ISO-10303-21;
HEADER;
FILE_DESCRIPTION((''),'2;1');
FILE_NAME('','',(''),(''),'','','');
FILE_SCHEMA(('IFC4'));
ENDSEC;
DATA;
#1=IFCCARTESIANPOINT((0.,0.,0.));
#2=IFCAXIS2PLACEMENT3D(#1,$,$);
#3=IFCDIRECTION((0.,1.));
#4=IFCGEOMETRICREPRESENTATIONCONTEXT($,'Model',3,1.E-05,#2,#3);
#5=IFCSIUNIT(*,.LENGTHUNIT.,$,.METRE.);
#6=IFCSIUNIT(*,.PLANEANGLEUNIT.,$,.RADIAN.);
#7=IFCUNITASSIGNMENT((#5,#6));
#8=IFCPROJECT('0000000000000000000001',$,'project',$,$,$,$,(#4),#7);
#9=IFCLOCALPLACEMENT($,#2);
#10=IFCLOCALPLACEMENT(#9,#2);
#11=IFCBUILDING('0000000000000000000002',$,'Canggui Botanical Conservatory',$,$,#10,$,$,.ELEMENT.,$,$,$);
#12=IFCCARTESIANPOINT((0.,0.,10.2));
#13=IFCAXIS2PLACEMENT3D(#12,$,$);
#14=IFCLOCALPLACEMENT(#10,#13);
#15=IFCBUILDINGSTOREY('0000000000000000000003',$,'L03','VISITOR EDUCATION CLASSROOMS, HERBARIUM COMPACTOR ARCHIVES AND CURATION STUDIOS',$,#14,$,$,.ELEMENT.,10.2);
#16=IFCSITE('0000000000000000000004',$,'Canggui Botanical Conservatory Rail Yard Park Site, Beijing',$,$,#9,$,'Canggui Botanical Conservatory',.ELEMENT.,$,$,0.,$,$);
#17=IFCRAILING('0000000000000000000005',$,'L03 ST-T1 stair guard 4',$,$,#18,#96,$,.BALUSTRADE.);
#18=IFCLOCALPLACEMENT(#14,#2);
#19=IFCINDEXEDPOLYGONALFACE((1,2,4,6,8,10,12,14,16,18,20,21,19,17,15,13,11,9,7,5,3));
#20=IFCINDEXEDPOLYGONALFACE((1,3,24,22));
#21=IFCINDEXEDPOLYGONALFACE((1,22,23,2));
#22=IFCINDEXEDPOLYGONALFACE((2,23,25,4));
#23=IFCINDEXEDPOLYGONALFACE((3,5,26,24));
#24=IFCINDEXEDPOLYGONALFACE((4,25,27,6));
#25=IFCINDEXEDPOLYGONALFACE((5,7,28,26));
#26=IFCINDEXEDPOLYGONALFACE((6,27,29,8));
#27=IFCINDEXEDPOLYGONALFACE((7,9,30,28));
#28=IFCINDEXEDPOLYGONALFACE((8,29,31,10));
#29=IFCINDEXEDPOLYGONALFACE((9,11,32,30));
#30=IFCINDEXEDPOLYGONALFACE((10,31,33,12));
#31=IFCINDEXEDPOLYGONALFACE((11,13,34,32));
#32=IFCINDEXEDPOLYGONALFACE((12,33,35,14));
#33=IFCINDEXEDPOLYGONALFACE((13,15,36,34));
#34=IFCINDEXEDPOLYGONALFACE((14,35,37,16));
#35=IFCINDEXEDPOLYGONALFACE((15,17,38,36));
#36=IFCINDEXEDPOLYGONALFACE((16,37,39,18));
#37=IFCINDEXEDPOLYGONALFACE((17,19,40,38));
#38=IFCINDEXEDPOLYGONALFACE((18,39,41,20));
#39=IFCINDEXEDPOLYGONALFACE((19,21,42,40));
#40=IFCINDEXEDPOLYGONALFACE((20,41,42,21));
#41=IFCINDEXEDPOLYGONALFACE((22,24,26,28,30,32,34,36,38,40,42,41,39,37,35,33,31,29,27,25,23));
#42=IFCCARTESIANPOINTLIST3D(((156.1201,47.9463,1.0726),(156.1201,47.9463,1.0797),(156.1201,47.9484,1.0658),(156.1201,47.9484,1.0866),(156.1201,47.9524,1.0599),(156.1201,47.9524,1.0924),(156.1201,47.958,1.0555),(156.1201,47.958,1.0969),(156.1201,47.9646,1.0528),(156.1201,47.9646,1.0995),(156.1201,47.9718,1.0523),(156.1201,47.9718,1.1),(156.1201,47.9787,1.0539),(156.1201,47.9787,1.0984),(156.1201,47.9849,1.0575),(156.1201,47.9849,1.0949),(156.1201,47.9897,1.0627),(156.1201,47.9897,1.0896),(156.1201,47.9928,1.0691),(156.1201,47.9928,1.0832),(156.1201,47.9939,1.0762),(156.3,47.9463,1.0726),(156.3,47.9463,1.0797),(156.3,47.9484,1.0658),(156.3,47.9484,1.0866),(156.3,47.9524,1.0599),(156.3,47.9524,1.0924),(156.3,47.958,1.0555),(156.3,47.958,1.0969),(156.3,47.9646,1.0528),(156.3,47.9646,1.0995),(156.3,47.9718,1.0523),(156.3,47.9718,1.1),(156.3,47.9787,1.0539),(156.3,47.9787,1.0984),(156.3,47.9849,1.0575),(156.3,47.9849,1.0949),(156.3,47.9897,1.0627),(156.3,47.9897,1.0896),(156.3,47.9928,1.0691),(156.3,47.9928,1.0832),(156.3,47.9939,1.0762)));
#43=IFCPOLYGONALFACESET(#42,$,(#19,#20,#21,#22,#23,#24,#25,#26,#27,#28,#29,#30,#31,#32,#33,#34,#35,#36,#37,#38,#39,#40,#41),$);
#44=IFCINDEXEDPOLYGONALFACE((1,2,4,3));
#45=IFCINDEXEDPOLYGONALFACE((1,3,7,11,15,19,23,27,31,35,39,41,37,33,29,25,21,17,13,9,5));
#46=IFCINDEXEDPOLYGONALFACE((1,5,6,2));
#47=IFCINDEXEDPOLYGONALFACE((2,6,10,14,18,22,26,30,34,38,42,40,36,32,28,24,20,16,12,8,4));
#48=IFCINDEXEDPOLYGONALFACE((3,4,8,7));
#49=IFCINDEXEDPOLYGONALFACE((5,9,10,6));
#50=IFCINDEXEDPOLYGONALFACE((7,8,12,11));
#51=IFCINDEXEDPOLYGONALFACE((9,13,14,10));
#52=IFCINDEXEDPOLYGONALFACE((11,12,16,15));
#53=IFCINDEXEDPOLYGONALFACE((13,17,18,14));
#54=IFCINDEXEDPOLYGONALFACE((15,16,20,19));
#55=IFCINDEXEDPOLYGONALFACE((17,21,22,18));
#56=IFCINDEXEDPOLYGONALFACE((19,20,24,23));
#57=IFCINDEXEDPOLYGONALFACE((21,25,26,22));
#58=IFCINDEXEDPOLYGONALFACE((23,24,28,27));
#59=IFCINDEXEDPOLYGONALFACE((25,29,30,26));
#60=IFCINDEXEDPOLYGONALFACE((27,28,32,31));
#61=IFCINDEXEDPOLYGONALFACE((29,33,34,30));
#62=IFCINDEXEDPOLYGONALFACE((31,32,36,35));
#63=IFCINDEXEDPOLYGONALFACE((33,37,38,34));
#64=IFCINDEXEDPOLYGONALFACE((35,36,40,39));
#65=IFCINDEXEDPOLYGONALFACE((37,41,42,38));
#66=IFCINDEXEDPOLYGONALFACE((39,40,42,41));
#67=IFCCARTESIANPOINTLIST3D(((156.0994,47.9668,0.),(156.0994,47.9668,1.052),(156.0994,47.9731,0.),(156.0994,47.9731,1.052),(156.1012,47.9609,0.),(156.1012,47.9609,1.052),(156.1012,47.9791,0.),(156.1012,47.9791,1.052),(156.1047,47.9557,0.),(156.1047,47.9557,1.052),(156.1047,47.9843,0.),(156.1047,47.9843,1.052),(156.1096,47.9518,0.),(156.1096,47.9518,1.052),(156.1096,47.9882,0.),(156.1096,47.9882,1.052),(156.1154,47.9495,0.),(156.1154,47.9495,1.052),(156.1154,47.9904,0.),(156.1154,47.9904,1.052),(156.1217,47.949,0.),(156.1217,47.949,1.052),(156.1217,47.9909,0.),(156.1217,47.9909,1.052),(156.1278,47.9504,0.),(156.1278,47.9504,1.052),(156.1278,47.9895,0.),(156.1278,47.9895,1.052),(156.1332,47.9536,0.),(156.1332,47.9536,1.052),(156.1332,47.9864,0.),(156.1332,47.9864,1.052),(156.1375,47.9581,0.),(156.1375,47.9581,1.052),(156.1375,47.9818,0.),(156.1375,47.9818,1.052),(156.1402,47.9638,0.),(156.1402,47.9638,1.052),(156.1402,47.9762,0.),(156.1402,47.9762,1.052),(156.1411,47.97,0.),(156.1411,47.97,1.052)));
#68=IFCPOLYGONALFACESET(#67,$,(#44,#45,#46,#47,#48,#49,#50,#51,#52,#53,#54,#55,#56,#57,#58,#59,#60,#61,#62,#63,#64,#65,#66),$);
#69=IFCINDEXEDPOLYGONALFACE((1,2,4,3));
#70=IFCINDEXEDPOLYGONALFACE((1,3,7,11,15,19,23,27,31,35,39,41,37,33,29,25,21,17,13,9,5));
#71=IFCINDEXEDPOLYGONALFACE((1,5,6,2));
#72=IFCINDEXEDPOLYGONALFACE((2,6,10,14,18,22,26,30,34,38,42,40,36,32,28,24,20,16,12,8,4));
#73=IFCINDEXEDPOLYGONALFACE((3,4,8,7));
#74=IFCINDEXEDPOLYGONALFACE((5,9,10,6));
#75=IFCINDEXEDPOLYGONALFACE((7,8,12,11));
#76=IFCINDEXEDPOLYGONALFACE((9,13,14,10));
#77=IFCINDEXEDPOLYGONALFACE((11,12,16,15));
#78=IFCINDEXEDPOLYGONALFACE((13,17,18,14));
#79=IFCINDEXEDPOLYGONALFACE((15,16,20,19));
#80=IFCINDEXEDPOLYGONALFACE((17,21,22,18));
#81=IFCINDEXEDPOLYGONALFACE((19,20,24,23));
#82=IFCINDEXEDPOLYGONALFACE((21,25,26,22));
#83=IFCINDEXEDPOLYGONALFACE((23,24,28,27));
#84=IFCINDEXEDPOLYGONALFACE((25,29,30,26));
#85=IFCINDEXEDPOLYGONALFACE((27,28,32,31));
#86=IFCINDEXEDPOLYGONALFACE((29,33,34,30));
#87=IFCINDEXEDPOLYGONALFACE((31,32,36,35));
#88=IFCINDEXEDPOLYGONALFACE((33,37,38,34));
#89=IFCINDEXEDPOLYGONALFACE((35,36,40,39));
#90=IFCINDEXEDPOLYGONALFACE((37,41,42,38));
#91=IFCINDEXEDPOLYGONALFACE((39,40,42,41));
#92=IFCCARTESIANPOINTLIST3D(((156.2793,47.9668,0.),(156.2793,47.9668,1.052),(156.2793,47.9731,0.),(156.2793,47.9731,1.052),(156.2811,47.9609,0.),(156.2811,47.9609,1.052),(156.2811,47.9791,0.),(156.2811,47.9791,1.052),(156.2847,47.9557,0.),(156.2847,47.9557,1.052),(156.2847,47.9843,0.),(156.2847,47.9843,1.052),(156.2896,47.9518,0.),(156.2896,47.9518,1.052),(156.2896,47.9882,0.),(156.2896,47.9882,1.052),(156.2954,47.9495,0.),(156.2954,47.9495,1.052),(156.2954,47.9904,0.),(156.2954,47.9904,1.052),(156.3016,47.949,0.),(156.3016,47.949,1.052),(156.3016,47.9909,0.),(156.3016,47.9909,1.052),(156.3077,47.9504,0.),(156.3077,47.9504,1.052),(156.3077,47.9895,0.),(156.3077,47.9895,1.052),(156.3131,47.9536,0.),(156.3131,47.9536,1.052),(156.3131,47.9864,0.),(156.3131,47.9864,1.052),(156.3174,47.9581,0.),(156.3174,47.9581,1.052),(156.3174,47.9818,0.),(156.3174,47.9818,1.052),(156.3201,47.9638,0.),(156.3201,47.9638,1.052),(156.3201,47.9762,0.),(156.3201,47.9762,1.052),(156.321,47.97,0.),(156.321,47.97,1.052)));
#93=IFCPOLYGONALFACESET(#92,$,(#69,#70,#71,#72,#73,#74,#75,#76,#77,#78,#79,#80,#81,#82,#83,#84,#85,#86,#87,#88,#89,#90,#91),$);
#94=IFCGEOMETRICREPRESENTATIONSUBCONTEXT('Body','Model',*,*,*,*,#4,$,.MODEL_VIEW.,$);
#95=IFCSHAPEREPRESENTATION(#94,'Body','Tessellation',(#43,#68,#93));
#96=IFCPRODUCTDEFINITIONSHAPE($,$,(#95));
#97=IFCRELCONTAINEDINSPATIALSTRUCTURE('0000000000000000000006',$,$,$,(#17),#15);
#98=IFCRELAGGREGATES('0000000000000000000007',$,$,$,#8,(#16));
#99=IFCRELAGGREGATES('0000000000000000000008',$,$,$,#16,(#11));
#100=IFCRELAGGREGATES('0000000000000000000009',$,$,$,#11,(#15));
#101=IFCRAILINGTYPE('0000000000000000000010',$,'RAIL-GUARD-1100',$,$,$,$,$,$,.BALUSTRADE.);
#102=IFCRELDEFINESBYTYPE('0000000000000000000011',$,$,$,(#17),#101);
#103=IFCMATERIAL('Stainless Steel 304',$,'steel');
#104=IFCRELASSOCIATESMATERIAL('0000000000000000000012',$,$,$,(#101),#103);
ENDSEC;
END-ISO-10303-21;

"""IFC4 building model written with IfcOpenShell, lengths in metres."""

from ifc_helpers import new_model, si_unit, direction, frame, origin, origin_2d, place, context, subcontext, project, spatial, circle, extrude, material, type_object, element, save


model = new_model("IFC4")

# Units and contexts
model_context = context("Model", 3, precision=1e-05, world=origin(), true_north=direction((0.0, 1.0)))
body_context = subcontext(model_context, "Body", "Model", "MODEL_VIEW")
ifc_project = project(units=[si_unit("LENGTHUNIT", "METRE"), si_unit("PLANEANGLEUNIT", "RADIAN")], contexts=[model_context])

# Site, building, storey
site_placement = place(None, origin())
site = spatial("IfcSite", under=ifc_project, at=site_placement, Name="Canggui Botanical Conservatory Rail Yard Park Site, Beijing", LongName="Canggui Botanical Conservatory", CompositionType="ELEMENT", RefElevation=0.0)
building_placement = place(site_placement, origin())
building = spatial("IfcBuilding", under=site, at=building_placement, Name="Canggui Botanical Conservatory", CompositionType="ELEMENT")
storey_placement = place(building_placement, frame((0.0, 0.0, 10.2)))
storey = spatial("IfcBuildingStorey", under=building, at=storey_placement, Name="L03", Description="VISITOR EDUCATION CLASSROOMS, HERBARIUM COMPACTOR ARCHIVES AND CURATION STUDIOS", CompositionType="ELEMENT", Elevation=10.2)

# Shared definitions
ifc_material_1 = material(Name="Stainless Steel 304", Category="steel")

# Railing
railing_type_1 = type_object("IfcRailingType", Name="RAIL-GUARD-1100", PredefinedType="BALUSTRADE", material=ifc_material_1)
railing_1_placement = place(storey_placement, frame((156.1201, 47.97, 0.0)))
element("IfcRailing", 1, at=railing_1_placement, inside=storey, type_object=railing_type_1, Name="L03 ST-T1 stair guard 4", PredefinedType="BALUSTRADE", context=body_context, shape_type="SweptSolid", body=[
    extrude(circle(Radius=0.0239, at=origin_2d()), frame((0.0, 0.0, 1.0762), z_axis=(1.0, 0.0, 0.0), x_axis=(0.0, 1.0, 0.0)), (0.0, 0.0, 1.0), 0.1799),
    extrude(circle(Radius=0.021, at=origin_2d()), origin(), (0.0, 0.0, 1.0), 1.052),
    extrude(circle(Radius=0.021, at=origin_2d()), frame((0.1799, 0.0, 0.0)), (0.0, 0.0, 1.0), 1.052),
])

save(model, "model.ifc")
